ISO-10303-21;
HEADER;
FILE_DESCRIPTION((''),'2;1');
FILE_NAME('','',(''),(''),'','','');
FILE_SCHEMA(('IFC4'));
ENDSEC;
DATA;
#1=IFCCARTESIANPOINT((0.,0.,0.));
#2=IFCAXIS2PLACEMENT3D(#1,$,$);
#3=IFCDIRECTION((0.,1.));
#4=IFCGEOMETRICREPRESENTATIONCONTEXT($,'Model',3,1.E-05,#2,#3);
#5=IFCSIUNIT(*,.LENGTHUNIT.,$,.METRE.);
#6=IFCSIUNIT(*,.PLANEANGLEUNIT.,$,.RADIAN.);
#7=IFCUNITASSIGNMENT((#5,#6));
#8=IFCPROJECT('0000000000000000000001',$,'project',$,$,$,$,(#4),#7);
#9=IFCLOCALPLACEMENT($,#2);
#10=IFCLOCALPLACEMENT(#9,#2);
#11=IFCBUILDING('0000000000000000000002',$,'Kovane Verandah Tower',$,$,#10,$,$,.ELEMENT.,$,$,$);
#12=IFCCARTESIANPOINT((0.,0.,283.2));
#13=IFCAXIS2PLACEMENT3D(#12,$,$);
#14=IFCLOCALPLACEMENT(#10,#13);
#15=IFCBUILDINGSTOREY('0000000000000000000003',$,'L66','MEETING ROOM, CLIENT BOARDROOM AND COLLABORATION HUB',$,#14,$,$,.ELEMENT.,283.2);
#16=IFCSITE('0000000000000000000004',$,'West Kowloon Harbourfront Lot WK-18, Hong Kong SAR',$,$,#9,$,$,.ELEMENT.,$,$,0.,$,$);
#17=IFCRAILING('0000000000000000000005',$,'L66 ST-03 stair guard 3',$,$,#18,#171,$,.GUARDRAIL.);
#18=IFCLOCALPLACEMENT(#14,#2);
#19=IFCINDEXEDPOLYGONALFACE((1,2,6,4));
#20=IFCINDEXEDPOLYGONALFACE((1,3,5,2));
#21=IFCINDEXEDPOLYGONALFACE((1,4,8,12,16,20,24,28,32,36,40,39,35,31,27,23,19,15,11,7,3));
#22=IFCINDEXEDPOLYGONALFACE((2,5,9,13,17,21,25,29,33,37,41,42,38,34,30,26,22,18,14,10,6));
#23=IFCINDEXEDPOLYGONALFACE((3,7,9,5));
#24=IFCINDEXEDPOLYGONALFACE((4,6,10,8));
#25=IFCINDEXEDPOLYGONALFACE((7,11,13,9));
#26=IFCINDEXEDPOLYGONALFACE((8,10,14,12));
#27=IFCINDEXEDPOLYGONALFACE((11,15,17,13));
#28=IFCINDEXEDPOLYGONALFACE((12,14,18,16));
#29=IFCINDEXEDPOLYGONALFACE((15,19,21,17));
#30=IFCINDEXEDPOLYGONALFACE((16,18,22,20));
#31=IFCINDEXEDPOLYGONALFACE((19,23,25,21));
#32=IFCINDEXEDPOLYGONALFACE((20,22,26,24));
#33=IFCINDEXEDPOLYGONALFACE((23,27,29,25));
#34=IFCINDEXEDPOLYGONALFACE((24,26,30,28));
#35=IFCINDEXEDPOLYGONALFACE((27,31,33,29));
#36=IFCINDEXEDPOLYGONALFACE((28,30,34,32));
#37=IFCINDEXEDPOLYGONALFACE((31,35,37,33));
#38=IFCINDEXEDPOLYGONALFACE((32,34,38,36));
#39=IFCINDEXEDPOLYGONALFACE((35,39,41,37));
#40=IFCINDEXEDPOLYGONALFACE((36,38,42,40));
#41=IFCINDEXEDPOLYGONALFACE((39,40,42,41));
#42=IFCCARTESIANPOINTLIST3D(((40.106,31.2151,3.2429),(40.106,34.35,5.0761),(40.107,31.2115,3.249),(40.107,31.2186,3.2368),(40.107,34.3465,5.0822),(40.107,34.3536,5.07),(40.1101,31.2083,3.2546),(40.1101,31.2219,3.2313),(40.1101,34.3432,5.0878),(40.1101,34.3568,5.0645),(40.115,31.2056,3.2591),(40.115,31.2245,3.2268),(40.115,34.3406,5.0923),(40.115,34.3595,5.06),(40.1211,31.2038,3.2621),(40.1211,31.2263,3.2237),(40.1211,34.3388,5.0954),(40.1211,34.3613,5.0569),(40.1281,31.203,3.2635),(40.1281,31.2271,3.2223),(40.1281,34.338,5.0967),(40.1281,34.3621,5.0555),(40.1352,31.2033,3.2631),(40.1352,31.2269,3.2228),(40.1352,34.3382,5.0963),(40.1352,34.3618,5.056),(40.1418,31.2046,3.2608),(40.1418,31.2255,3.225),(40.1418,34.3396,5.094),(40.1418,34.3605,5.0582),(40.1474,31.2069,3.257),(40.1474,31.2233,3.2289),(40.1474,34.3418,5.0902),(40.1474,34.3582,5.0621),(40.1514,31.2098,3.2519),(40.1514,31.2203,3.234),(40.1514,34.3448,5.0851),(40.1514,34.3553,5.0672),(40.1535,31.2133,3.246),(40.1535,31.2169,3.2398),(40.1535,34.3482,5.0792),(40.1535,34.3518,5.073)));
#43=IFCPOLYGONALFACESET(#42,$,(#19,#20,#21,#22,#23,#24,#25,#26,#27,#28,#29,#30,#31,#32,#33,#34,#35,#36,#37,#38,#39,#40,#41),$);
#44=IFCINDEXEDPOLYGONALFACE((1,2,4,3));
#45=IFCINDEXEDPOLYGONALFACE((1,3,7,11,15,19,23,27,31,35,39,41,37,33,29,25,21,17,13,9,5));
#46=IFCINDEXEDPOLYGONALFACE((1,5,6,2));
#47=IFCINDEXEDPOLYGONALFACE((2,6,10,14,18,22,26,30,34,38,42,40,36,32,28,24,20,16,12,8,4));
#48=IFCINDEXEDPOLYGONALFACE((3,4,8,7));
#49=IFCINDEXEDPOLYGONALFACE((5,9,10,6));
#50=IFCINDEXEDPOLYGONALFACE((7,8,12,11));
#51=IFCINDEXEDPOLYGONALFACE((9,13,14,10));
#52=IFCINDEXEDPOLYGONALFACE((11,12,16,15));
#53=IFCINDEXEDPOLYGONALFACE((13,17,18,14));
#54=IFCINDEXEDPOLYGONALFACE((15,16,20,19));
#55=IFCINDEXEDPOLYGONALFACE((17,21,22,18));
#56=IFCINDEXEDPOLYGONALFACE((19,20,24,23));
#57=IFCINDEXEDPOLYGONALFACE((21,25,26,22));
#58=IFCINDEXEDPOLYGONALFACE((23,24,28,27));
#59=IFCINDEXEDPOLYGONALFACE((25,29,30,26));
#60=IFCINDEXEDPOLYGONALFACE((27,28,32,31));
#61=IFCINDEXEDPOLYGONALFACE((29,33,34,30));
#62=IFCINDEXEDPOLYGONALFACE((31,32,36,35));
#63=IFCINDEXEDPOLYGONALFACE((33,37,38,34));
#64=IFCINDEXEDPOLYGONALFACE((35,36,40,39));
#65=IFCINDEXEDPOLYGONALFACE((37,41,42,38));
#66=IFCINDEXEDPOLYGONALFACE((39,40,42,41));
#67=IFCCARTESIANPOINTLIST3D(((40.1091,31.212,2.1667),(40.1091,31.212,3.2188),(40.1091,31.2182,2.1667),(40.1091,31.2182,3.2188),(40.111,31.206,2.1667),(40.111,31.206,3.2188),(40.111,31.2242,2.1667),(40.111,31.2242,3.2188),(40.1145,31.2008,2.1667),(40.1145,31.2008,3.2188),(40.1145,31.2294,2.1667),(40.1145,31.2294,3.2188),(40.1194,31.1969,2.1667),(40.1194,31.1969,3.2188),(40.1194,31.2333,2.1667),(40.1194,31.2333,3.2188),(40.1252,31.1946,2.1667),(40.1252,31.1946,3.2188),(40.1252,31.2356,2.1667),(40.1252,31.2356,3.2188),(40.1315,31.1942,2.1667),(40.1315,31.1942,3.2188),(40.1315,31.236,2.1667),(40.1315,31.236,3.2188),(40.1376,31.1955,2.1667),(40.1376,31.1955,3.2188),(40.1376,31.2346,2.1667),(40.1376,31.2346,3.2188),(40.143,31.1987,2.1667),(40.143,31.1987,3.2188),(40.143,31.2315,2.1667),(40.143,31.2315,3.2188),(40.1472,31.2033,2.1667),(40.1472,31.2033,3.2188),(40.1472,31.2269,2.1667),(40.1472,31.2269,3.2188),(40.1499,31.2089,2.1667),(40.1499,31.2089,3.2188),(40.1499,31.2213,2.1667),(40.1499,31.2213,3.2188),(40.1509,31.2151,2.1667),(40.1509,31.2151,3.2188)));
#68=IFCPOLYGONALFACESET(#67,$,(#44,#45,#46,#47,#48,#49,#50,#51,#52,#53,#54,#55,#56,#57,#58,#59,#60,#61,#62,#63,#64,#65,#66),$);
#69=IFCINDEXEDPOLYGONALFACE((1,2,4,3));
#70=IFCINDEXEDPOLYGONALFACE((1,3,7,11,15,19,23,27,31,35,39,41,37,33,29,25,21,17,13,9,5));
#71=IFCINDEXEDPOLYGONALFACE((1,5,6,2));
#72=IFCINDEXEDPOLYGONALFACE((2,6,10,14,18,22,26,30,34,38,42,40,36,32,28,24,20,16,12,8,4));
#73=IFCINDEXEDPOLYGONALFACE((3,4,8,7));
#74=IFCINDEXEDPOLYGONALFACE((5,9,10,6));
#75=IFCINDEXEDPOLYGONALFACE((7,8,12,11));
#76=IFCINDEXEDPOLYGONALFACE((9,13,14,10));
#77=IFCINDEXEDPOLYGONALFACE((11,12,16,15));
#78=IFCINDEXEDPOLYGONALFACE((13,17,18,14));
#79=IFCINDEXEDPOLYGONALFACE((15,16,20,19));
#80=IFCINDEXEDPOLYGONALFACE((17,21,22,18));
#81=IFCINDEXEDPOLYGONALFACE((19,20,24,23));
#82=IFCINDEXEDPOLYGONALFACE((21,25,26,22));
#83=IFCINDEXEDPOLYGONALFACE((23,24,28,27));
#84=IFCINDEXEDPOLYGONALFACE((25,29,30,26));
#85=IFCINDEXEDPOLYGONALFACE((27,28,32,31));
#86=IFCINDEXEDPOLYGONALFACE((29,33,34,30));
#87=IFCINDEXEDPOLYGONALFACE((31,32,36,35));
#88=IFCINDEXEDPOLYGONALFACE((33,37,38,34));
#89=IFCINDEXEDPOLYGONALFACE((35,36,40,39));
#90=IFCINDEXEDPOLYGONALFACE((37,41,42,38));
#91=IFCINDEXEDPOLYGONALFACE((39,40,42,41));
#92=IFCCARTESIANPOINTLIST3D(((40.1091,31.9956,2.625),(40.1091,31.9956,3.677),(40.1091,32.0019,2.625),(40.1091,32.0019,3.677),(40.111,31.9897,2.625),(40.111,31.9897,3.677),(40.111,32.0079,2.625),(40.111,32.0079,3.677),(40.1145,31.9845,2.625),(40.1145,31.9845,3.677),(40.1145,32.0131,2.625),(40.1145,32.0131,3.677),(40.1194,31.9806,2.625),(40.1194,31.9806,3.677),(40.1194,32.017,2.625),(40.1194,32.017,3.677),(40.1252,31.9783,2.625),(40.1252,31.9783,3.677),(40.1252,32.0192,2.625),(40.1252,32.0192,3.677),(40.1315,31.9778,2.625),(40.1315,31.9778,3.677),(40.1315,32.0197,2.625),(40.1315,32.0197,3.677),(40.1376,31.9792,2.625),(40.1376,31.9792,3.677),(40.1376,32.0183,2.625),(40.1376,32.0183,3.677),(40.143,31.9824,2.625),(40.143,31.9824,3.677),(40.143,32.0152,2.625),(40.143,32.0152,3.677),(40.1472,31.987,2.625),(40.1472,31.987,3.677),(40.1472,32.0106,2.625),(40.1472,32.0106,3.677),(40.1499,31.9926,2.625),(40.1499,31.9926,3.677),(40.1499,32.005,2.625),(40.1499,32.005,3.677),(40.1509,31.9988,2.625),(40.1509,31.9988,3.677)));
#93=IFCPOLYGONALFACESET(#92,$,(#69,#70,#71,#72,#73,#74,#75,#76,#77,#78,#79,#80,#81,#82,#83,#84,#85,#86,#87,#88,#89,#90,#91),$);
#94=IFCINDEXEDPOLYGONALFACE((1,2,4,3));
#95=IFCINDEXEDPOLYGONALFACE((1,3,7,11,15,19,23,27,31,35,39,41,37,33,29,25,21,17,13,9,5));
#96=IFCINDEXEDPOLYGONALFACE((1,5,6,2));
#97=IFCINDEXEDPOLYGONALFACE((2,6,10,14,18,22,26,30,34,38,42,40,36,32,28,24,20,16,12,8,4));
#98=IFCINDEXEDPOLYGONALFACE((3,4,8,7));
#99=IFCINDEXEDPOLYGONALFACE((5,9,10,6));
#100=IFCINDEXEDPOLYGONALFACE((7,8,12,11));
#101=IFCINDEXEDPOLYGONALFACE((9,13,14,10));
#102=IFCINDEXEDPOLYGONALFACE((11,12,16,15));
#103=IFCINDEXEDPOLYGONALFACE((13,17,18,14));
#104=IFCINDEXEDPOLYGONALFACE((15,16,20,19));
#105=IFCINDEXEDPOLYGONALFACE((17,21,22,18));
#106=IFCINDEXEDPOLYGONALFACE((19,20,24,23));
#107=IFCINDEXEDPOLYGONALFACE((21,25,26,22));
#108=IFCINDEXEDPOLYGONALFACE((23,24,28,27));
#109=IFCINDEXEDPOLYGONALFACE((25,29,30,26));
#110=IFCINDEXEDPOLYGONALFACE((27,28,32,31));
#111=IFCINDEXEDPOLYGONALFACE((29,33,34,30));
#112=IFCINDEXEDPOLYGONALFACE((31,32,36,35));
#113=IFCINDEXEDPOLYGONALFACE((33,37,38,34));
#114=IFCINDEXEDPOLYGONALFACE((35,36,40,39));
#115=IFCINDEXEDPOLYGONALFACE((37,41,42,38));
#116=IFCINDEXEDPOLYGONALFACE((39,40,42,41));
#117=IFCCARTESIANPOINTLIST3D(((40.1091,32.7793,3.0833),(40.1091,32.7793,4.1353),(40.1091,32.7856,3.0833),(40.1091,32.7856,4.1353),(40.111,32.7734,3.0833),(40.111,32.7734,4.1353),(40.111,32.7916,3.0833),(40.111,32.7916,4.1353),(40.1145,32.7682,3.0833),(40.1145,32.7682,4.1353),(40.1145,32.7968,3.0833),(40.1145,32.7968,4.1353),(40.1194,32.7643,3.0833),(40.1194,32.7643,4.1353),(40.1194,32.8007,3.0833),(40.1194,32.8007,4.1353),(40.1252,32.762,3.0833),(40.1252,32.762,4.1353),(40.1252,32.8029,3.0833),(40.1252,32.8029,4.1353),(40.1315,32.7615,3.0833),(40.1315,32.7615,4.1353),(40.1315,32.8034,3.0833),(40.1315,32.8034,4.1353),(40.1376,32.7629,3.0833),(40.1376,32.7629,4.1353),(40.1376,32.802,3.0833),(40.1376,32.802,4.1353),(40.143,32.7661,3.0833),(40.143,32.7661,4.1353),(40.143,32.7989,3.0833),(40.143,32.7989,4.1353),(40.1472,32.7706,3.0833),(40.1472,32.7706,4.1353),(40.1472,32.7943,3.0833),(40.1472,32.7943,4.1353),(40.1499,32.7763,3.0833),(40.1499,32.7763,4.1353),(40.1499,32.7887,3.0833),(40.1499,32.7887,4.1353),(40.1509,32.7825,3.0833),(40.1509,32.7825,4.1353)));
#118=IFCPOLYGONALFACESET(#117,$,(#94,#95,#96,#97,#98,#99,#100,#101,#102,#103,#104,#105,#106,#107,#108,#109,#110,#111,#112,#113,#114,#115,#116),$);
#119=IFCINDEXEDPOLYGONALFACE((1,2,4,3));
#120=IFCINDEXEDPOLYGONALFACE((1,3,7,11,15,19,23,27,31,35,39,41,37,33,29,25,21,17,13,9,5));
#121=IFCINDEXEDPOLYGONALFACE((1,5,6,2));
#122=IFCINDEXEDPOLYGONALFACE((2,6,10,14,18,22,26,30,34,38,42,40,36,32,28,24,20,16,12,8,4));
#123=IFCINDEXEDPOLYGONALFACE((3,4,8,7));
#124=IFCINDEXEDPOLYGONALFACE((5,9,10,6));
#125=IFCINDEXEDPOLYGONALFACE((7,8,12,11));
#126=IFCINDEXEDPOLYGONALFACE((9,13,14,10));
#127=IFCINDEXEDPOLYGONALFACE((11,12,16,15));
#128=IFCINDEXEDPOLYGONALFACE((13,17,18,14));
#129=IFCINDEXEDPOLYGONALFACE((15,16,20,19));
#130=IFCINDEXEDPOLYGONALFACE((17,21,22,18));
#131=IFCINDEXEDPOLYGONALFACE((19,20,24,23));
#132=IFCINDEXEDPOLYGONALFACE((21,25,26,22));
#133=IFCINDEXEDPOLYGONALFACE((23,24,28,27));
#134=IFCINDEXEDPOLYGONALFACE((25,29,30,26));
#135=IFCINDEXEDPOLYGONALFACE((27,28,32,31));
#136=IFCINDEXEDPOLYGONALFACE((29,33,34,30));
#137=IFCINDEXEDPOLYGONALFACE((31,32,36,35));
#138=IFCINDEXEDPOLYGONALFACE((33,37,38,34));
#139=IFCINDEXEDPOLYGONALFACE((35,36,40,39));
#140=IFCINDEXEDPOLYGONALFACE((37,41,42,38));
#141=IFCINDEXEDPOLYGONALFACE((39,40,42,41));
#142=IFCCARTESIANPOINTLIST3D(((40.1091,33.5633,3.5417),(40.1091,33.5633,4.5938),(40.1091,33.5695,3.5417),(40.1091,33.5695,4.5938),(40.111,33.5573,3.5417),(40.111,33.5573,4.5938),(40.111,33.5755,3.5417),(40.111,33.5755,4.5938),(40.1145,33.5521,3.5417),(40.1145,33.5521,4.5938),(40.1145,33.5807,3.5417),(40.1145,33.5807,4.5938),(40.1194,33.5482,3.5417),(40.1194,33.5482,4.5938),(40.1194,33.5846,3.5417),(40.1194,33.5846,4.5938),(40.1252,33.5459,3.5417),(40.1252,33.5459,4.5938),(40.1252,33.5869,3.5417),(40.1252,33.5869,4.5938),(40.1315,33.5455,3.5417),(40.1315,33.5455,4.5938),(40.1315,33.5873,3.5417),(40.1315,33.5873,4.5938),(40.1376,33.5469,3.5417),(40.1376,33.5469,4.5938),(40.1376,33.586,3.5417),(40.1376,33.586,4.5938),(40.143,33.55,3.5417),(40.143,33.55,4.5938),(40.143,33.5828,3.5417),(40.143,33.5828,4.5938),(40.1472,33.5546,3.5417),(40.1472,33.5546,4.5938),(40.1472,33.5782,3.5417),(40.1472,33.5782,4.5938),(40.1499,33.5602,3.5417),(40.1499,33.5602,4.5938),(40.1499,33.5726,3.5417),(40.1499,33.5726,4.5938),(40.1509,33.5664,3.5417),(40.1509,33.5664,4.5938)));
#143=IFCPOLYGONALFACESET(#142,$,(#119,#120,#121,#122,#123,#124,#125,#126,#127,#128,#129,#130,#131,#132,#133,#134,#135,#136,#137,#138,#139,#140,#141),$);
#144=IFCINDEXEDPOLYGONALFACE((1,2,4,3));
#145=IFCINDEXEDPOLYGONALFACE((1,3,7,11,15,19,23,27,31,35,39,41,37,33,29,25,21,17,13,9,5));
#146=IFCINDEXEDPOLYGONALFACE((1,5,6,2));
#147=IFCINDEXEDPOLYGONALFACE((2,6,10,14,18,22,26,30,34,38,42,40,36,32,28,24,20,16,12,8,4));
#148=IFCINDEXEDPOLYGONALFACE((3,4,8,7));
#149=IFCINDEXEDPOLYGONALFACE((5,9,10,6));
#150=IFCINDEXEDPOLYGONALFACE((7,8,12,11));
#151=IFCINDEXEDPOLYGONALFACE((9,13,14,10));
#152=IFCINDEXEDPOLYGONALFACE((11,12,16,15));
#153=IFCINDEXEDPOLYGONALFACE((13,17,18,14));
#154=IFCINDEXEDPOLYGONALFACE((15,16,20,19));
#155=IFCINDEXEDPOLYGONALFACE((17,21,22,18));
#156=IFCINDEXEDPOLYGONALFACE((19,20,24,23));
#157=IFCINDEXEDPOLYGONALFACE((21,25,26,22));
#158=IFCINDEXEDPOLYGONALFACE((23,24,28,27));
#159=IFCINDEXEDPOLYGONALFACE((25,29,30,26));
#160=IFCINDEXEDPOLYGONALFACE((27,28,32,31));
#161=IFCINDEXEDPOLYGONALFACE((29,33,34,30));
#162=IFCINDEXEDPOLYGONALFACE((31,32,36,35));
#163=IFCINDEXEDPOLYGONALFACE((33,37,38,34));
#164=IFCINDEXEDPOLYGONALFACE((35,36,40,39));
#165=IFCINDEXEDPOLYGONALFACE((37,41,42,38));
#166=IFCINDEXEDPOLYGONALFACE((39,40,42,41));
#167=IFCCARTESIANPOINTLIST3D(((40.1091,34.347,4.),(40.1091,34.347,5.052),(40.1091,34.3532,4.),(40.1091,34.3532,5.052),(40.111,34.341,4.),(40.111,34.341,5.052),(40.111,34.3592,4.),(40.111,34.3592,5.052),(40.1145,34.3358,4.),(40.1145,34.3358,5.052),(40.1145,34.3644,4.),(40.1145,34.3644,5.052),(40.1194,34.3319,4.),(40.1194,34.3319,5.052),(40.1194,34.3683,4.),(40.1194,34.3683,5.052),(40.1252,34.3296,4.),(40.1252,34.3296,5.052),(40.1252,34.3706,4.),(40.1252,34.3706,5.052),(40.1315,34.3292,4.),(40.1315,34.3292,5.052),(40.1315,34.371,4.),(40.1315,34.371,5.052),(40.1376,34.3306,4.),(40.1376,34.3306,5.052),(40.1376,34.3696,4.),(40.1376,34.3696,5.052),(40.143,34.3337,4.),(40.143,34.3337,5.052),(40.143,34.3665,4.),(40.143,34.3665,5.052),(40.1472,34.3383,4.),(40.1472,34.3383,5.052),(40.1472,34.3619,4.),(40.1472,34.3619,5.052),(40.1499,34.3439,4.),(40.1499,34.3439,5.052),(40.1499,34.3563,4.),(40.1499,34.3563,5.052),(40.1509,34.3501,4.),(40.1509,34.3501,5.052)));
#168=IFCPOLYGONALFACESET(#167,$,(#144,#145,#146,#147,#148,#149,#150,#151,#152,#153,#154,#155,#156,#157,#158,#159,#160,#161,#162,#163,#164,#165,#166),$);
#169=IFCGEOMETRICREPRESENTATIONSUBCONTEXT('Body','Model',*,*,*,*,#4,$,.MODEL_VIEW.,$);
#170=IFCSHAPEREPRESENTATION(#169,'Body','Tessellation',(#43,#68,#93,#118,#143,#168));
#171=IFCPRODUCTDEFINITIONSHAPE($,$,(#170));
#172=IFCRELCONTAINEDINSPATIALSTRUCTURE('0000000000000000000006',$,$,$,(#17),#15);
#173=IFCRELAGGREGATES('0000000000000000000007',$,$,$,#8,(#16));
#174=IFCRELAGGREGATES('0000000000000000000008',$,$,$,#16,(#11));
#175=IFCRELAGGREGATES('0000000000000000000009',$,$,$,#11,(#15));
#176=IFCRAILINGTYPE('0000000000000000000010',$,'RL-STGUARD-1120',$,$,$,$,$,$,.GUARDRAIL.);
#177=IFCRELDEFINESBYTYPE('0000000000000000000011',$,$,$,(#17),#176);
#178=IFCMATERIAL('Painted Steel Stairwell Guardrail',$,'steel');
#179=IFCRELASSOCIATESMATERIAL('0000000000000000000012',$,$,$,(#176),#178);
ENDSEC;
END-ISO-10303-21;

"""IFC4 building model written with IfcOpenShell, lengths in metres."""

from ifc_helpers import new_model, si_unit, direction, frame, origin, origin_2d, place, context, subcontext, project, spatial, circle, extrude, material, type_object, element, save


model = new_model("IFC4")

# Units and contexts
model_context = context("Model", 3, precision=1e-05, world=origin(), true_north=direction((0.0, 1.0)))
body_context = subcontext(model_context, "Body", "Model", "MODEL_VIEW")
ifc_project = project(units=[si_unit("LENGTHUNIT", "METRE"), si_unit("PLANEANGLEUNIT", "RADIAN")], contexts=[model_context])

# Site, building, storey
site_placement = place(None, origin())
site = spatial("IfcSite", under=ifc_project, at=site_placement, Name="West Kowloon Harbourfront Lot WK-18, Hong Kong SAR", CompositionType="ELEMENT", RefElevation=0.0)
building_placement = place(site_placement, origin())
building = spatial("IfcBuilding", under=site, at=building_placement, Name="Kovane Verandah Tower", CompositionType="ELEMENT")
storey_placement = place(building_placement, frame((0.0, 0.0, 283.2)))
storey = spatial("IfcBuildingStorey", under=building, at=storey_placement, Name="L66", Description="MEETING ROOM, CLIENT BOARDROOM AND COLLABORATION HUB", CompositionType="ELEMENT", Elevation=283.2)

# Railing
ifc_material_1 = material(Name="Painted Steel Stairwell Guardrail", Category="steel")
railing_type_1 = type_object("IfcRailingType", Name="RL-STGUARD-1120", PredefinedType="GUARDRAIL", material=ifc_material_1)
railing_1_placement = place(storey_placement, frame((40.1299, 31.2151, 2.1667)))
element("IfcRailing", 1, at=railing_1_placement, inside=storey, type_object=railing_type_1, Name="L66 ST-03 stair guard 3", PredefinedType="GUARDRAIL", context=body_context, shape_type="SweptSolid", body=[
    extrude(circle(Radius=0.0239, at=origin_2d()), frame((0.0, 0.0, 1.0762), z_axis=(0.0, 0.86324, 0.504794), x_axis=(-1.0, 0.0, 0.0)), (0.0, 0.0, 1.0), 3.6316),
    extrude(circle(Radius=0.021, at=origin_2d()), origin(), (0.0, 0.0, 1.0), 1.052),
    extrude(circle(Radius=0.021, at=origin_2d()), frame((0.0, 0.7837, 0.4583)), (0.0, 0.0, 1.0), 1.052),
    extrude(circle(Radius=0.021, at=origin_2d()), frame((0.0, 1.5674, 0.9165)), (0.0, 0.0, 1.0), 1.052),
    extrude(circle(Radius=0.021, at=origin_2d()), frame((0.0, 2.3513, 1.375)), (0.0, 0.0, 1.0), 1.052),
    extrude(circle(Radius=0.021, at=origin_2d()), frame((0.0, 3.135, 1.8333)), (0.0, 0.0, 1.0), 1.052),
])

save(model, "model.ifc")
